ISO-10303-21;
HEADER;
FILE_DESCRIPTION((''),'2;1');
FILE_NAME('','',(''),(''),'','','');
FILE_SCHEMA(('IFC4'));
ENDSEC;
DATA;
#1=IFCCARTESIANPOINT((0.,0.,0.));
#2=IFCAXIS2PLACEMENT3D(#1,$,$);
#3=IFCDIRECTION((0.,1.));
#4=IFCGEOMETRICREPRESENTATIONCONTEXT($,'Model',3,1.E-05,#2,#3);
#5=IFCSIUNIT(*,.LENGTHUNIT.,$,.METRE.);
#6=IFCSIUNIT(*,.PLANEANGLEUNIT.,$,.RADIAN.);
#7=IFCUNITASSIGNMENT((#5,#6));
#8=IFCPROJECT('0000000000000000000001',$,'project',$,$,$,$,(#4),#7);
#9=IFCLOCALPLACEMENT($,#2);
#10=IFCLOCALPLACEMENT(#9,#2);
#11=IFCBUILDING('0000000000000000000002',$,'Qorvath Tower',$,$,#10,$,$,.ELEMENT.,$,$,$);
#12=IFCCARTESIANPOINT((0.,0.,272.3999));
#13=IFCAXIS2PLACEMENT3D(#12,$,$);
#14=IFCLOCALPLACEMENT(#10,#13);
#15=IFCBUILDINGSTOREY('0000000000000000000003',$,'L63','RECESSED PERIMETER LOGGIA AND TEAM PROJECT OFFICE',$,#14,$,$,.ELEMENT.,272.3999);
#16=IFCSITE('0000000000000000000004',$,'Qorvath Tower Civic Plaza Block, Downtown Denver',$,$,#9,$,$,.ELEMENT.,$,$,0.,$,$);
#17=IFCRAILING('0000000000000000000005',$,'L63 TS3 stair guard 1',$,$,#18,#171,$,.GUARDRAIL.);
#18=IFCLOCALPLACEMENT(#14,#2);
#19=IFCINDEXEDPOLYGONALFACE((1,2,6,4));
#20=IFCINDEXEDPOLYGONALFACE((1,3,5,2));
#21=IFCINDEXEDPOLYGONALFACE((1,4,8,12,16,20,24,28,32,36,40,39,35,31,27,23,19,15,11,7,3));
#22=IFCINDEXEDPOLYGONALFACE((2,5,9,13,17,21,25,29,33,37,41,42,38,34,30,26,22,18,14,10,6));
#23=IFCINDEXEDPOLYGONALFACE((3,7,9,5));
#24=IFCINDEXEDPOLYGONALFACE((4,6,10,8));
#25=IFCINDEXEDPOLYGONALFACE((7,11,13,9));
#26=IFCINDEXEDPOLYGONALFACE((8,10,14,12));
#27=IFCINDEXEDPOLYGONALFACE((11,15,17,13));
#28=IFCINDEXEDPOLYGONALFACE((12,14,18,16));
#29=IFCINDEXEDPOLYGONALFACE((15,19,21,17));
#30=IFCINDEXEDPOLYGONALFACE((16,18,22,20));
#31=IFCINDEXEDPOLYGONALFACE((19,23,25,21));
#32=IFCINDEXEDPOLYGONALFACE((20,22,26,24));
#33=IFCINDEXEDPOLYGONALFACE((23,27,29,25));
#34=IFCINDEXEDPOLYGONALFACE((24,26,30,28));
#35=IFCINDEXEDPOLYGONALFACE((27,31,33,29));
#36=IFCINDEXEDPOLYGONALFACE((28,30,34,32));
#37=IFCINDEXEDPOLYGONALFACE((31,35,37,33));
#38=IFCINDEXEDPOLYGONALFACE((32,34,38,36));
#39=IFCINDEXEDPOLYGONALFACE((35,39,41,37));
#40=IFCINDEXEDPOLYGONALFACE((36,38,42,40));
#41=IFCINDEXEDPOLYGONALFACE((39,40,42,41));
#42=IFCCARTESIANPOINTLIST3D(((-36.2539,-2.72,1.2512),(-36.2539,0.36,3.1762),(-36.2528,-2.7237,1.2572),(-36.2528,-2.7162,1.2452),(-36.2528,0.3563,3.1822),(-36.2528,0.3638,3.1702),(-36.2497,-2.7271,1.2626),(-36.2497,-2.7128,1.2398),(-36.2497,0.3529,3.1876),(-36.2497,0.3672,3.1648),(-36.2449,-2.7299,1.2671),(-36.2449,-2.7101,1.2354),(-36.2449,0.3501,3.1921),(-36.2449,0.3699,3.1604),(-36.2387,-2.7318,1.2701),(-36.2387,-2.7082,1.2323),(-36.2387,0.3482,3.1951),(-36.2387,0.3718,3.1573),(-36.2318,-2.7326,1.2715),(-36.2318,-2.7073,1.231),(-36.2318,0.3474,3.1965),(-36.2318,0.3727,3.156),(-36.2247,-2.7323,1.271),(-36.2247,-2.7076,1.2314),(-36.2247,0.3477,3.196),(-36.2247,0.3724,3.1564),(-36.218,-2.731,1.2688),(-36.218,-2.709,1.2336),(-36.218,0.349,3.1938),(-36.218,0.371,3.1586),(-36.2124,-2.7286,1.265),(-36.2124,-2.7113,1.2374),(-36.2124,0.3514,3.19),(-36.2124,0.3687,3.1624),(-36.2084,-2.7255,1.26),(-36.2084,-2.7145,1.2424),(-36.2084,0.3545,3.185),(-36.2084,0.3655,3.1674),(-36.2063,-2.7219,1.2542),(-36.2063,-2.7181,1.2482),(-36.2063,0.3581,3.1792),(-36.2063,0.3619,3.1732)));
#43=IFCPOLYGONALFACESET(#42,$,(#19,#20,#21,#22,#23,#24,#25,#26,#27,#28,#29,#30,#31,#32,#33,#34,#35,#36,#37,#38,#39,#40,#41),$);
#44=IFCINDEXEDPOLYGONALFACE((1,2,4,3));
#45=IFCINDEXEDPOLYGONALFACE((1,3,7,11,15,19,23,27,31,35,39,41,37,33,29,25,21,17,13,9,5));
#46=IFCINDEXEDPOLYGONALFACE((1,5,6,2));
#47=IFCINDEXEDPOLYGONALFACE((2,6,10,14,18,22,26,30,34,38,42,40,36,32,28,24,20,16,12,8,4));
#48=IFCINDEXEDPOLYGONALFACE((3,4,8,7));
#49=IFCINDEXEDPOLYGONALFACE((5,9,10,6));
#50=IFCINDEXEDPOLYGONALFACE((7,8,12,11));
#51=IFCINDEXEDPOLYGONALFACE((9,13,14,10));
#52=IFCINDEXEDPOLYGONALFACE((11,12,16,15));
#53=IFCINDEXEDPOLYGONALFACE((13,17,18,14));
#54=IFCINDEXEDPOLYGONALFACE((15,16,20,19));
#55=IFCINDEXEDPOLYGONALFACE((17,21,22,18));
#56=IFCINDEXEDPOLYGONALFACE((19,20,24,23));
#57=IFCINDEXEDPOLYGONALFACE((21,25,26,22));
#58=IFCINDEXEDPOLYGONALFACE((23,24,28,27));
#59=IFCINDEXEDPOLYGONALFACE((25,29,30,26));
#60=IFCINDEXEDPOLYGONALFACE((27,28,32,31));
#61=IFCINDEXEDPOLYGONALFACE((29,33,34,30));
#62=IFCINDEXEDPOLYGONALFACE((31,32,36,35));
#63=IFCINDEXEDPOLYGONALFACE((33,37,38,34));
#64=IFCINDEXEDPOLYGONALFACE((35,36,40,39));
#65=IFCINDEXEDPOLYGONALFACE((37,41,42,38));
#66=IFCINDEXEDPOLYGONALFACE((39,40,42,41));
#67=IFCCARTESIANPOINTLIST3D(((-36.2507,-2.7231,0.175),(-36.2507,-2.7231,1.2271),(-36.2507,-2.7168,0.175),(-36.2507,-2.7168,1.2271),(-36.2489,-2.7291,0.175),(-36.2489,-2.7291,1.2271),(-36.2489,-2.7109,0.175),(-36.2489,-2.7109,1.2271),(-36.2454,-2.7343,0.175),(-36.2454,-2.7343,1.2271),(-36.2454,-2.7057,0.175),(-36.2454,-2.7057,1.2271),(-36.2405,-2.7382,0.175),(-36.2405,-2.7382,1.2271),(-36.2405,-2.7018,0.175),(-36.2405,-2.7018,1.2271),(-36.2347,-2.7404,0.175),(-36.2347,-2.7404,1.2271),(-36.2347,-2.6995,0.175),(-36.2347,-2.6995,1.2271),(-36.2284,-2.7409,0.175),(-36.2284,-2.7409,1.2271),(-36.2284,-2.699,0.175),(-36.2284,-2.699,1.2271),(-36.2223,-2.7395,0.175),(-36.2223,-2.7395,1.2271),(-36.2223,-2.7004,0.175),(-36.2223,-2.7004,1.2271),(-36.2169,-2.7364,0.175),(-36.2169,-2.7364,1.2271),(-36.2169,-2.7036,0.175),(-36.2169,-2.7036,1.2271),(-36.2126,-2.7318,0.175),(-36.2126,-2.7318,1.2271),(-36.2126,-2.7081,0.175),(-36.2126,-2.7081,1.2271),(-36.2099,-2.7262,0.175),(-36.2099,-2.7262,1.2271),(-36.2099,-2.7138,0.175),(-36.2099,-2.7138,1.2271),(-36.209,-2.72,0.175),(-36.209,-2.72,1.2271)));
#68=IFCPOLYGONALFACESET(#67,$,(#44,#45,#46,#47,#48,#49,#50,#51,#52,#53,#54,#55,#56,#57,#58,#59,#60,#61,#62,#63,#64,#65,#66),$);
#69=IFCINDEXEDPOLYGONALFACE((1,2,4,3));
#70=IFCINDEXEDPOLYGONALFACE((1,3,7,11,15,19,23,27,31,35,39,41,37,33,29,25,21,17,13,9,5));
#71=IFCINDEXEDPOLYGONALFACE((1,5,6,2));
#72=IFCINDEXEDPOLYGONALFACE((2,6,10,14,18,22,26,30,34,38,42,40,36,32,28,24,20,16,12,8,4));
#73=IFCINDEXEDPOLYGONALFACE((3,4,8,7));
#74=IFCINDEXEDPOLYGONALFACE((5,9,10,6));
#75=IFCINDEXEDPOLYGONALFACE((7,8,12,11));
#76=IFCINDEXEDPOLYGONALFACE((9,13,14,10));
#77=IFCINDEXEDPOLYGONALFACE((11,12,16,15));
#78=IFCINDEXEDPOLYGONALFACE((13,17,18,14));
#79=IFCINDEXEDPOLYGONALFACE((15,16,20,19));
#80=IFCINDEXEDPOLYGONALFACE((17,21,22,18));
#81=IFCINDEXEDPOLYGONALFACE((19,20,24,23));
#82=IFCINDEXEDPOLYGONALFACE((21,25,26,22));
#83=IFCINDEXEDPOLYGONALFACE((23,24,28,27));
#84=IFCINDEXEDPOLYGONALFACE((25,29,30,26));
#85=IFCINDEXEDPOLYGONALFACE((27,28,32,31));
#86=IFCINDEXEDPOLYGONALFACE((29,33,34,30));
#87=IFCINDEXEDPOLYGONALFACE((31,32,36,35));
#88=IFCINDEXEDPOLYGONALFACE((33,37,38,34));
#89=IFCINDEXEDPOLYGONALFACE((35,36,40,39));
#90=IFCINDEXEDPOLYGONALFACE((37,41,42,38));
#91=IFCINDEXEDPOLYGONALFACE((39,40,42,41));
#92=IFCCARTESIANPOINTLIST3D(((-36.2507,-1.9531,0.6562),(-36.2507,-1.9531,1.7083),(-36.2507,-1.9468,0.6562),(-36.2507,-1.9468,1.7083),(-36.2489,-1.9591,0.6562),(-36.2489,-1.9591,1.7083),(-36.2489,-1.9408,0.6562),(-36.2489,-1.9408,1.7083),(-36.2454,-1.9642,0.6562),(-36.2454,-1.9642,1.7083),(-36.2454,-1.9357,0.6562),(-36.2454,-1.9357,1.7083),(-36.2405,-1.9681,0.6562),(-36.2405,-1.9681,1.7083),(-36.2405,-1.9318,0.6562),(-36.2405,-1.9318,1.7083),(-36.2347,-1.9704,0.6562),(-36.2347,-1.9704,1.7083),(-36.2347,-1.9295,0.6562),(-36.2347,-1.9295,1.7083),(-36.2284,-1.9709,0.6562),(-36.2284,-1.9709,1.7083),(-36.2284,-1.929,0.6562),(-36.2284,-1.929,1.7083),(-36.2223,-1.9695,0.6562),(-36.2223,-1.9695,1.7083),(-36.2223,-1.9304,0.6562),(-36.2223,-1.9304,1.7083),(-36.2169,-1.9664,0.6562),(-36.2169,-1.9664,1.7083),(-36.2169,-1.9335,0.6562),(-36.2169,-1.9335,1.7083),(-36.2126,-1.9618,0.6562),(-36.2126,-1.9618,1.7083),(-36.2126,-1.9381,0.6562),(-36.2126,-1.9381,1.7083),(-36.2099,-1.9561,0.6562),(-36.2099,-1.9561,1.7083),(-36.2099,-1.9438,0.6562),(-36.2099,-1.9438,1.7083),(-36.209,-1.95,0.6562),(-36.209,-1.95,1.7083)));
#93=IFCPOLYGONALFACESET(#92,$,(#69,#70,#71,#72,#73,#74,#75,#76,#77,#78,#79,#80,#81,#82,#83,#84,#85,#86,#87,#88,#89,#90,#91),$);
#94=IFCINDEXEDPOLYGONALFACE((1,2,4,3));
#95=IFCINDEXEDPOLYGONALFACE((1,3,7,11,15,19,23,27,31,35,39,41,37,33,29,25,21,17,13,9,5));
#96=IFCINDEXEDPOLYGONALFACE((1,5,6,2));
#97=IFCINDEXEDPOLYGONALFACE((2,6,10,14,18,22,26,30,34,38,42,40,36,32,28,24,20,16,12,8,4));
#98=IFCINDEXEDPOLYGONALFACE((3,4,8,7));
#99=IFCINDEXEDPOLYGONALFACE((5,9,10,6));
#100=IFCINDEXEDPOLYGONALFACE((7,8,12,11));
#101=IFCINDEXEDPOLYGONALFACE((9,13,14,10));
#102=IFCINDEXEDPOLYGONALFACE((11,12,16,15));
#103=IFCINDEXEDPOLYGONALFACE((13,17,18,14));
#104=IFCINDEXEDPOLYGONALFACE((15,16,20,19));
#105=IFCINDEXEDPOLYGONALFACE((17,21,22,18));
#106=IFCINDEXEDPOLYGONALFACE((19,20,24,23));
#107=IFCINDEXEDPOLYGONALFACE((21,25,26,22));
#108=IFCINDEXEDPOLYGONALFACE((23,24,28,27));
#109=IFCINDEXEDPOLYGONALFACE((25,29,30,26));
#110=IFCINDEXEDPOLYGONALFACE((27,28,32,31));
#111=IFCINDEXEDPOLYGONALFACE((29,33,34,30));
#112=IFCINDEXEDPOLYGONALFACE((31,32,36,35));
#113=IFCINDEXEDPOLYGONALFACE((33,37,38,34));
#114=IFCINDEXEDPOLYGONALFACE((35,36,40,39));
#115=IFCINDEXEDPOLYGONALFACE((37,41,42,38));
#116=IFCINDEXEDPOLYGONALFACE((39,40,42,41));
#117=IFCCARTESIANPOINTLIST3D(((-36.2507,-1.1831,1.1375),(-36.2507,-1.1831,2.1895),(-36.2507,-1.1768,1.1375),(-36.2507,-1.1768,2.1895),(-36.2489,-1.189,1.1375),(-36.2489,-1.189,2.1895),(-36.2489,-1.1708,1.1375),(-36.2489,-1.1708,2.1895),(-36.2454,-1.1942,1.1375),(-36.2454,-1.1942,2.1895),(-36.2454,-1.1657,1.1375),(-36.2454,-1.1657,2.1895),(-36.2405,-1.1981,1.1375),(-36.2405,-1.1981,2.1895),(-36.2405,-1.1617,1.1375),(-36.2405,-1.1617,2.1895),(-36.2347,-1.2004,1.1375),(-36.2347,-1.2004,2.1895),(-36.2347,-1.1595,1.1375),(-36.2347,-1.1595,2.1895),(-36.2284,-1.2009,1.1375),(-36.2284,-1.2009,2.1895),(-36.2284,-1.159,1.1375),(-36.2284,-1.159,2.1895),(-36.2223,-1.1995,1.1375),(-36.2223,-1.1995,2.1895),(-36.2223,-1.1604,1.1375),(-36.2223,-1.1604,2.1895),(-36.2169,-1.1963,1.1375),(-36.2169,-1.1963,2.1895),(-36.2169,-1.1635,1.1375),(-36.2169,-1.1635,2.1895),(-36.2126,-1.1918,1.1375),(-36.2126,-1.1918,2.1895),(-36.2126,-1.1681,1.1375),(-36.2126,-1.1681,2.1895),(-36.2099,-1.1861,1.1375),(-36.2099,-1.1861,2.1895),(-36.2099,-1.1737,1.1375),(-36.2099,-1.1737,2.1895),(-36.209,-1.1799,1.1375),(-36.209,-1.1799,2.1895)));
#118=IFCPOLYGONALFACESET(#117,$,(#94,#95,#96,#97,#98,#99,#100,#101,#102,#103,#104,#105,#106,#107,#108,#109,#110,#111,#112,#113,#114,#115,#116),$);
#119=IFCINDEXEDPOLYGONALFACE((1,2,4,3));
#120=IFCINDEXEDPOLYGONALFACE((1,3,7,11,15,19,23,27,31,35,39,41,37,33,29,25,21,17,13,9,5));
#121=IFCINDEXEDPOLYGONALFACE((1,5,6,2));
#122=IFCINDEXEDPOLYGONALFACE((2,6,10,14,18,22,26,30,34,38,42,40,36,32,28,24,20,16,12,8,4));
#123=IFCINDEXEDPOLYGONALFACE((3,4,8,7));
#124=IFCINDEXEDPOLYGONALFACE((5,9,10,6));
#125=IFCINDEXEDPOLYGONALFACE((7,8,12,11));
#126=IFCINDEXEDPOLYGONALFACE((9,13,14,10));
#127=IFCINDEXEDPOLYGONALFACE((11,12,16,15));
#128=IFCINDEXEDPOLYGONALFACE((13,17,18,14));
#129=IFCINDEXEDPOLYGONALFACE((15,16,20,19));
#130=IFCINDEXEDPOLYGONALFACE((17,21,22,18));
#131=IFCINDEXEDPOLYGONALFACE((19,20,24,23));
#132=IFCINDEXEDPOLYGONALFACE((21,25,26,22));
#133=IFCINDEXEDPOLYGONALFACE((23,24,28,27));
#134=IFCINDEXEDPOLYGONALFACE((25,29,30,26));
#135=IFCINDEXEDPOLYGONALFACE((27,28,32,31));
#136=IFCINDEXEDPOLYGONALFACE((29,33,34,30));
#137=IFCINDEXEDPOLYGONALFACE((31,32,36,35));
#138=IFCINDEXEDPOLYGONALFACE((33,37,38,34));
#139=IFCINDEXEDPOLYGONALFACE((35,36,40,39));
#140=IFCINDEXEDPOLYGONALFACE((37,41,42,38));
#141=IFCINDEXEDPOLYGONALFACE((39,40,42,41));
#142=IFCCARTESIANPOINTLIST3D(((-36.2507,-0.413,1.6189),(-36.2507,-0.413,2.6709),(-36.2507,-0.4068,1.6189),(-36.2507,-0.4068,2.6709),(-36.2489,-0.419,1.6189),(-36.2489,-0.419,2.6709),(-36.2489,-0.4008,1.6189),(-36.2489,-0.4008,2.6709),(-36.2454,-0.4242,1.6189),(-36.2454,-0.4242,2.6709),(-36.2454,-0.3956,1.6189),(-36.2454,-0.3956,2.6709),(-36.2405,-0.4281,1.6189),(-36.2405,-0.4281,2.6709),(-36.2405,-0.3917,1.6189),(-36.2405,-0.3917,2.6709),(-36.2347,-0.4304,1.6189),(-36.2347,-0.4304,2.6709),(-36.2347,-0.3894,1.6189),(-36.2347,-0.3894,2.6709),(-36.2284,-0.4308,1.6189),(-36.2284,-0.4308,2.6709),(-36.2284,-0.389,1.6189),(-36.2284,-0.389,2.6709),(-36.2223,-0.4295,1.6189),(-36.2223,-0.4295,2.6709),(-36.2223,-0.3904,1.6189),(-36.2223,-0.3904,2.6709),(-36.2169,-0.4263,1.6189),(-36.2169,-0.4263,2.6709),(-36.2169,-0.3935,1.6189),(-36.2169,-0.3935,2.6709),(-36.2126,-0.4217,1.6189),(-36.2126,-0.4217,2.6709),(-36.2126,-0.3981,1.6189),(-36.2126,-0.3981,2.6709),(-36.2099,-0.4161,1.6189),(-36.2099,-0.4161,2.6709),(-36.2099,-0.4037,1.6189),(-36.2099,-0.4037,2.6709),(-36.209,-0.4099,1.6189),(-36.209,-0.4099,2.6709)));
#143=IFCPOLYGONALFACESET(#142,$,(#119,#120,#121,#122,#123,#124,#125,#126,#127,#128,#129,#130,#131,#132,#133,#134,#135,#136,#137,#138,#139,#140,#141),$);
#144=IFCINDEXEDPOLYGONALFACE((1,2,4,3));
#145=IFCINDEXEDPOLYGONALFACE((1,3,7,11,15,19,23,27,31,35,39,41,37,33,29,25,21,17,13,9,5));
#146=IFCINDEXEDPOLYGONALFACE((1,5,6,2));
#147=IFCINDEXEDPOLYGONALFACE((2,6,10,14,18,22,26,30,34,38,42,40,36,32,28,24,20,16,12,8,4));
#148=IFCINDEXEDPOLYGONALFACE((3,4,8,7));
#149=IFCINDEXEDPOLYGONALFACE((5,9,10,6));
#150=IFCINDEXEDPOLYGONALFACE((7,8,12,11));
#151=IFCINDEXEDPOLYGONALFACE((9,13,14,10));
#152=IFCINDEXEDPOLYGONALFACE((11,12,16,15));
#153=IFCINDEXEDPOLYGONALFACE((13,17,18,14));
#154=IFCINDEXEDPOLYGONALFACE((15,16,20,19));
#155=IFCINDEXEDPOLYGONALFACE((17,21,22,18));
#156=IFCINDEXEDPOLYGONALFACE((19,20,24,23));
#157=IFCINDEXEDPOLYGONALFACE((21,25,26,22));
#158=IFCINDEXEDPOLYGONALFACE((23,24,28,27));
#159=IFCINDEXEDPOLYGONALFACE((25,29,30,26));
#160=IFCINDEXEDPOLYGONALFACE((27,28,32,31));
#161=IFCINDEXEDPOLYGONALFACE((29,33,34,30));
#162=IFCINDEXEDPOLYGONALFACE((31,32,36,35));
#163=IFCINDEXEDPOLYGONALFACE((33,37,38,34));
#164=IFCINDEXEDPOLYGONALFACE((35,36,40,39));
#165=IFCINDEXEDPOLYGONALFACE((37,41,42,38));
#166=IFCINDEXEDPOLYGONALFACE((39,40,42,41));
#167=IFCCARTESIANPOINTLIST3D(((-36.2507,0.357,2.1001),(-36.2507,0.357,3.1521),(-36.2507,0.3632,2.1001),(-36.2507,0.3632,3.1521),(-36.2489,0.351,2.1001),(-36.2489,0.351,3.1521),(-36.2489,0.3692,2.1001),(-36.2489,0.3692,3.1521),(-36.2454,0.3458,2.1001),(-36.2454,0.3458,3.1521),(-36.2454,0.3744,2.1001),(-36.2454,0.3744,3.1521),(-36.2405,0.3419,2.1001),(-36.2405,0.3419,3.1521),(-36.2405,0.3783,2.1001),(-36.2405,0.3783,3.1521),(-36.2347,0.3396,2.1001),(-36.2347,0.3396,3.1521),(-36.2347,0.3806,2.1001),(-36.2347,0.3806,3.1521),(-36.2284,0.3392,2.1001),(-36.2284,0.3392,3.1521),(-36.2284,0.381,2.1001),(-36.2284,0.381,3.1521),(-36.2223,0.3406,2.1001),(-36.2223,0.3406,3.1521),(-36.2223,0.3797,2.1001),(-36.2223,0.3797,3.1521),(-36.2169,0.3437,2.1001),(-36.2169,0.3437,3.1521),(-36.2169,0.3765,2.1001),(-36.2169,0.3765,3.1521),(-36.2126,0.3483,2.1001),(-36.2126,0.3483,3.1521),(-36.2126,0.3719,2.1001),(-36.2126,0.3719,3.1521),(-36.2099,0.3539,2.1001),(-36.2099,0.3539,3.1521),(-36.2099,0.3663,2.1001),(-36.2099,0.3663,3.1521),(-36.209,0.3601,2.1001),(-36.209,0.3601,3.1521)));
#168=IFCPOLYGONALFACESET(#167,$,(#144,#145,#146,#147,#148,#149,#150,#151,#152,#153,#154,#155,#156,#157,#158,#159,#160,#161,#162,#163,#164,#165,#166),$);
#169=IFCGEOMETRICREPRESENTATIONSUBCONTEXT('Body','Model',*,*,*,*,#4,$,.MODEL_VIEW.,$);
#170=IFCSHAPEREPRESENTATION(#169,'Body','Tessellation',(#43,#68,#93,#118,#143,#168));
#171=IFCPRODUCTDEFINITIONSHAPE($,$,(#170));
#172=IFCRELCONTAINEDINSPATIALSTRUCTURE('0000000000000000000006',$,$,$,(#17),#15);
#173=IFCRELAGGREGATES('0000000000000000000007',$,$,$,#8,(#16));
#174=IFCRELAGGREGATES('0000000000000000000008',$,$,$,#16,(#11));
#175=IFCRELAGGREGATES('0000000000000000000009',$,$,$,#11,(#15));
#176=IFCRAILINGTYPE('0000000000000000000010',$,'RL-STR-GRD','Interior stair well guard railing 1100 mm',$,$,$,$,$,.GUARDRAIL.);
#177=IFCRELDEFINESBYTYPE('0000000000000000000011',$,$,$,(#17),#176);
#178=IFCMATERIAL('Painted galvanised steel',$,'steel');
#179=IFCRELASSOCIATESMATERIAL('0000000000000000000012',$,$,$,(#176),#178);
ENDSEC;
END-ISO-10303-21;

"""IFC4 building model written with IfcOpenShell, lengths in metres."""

from ifc_helpers import new_model, si_unit, direction, frame, origin, origin_2d, place, context, subcontext, project, spatial, circle, extrude, material, type_object, element, save


model = new_model("IFC4")

# Units and contexts
model_context = context("Model", 3, precision=1e-05, world=origin(), true_north=direction((0.0, 1.0)))
body_context = subcontext(model_context, "Body", "Model", "MODEL_VIEW")
ifc_project = project(units=[si_unit("LENGTHUNIT", "METRE"), si_unit("PLANEANGLEUNIT", "RADIAN")], contexts=[model_context])

# Site, building, storey
site_placement = place(None, origin())
site = spatial("IfcSite", under=ifc_project, at=site_placement, Name="Qorvath Tower Civic Plaza Block, Downtown Denver", CompositionType="ELEMENT", RefElevation=0.0)
building_placement = place(site_placement, origin())
building = spatial("IfcBuilding", under=site, at=building_placement, Name="Qorvath Tower", CompositionType="ELEMENT")
storey_placement = place(building_placement, frame((0.0, 0.0, 272.3999)))
storey = spatial("IfcBuildingStorey", under=building, at=storey_placement, Name="L63", Description="RECESSED PERIMETER LOGGIA AND TEAM PROJECT OFFICE", CompositionType="ELEMENT", Elevation=272.3999)

# Railing
ifc_material_1 = material(Name="Painted galvanised steel", Category="steel")
railing_type_1 = type_object("IfcRailingType", Name="RL-STR-GRD", Description="Interior stair well guard railing 1100 mm", PredefinedType="GUARDRAIL", material=ifc_material_1)
railing_1_placement = place(storey_placement, frame((-36.23, -2.72, 0.175)))
element("IfcRailing", 1, at=railing_1_placement, inside=storey, type_object=railing_type_1, Name="L63 TS3 stair guard 1", PredefinedType="GUARDRAIL", context=body_context, shape_type="SweptSolid", body=[
    extrude(circle(Radius=0.0239, at=origin_2d()), frame((0.0, 0.0, 1.0762), z_axis=(0.0, 0.847998, 0.529999), x_axis=(-1.0, 0.0, 0.0)), (0.0, 0.0, 1.0), 3.6321),
    extrude(circle(Radius=0.021, at=origin_2d()), origin(), (0.0, 0.0, 1.0), 1.052),
    extrude(circle(Radius=0.021, at=origin_2d()), frame((0.0, 0.77, 0.4812)), (0.0, 0.0, 1.0), 1.052),
    extrude(circle(Radius=0.021, at=origin_2d()), frame((0.0, 1.54, 0.9624)), (0.0, 0.0, 1.0), 1.052),
    extrude(circle(Radius=0.021, at=origin_2d()), frame((0.0, 2.3101, 1.4438)), (0.0, 0.0, 1.0), 1.052),
    extrude(circle(Radius=0.021, at=origin_2d()), frame((0.0, 3.0801, 1.925)), (0.0, 0.0, 1.0), 1.052),
])

save(model, "model.ifc")
